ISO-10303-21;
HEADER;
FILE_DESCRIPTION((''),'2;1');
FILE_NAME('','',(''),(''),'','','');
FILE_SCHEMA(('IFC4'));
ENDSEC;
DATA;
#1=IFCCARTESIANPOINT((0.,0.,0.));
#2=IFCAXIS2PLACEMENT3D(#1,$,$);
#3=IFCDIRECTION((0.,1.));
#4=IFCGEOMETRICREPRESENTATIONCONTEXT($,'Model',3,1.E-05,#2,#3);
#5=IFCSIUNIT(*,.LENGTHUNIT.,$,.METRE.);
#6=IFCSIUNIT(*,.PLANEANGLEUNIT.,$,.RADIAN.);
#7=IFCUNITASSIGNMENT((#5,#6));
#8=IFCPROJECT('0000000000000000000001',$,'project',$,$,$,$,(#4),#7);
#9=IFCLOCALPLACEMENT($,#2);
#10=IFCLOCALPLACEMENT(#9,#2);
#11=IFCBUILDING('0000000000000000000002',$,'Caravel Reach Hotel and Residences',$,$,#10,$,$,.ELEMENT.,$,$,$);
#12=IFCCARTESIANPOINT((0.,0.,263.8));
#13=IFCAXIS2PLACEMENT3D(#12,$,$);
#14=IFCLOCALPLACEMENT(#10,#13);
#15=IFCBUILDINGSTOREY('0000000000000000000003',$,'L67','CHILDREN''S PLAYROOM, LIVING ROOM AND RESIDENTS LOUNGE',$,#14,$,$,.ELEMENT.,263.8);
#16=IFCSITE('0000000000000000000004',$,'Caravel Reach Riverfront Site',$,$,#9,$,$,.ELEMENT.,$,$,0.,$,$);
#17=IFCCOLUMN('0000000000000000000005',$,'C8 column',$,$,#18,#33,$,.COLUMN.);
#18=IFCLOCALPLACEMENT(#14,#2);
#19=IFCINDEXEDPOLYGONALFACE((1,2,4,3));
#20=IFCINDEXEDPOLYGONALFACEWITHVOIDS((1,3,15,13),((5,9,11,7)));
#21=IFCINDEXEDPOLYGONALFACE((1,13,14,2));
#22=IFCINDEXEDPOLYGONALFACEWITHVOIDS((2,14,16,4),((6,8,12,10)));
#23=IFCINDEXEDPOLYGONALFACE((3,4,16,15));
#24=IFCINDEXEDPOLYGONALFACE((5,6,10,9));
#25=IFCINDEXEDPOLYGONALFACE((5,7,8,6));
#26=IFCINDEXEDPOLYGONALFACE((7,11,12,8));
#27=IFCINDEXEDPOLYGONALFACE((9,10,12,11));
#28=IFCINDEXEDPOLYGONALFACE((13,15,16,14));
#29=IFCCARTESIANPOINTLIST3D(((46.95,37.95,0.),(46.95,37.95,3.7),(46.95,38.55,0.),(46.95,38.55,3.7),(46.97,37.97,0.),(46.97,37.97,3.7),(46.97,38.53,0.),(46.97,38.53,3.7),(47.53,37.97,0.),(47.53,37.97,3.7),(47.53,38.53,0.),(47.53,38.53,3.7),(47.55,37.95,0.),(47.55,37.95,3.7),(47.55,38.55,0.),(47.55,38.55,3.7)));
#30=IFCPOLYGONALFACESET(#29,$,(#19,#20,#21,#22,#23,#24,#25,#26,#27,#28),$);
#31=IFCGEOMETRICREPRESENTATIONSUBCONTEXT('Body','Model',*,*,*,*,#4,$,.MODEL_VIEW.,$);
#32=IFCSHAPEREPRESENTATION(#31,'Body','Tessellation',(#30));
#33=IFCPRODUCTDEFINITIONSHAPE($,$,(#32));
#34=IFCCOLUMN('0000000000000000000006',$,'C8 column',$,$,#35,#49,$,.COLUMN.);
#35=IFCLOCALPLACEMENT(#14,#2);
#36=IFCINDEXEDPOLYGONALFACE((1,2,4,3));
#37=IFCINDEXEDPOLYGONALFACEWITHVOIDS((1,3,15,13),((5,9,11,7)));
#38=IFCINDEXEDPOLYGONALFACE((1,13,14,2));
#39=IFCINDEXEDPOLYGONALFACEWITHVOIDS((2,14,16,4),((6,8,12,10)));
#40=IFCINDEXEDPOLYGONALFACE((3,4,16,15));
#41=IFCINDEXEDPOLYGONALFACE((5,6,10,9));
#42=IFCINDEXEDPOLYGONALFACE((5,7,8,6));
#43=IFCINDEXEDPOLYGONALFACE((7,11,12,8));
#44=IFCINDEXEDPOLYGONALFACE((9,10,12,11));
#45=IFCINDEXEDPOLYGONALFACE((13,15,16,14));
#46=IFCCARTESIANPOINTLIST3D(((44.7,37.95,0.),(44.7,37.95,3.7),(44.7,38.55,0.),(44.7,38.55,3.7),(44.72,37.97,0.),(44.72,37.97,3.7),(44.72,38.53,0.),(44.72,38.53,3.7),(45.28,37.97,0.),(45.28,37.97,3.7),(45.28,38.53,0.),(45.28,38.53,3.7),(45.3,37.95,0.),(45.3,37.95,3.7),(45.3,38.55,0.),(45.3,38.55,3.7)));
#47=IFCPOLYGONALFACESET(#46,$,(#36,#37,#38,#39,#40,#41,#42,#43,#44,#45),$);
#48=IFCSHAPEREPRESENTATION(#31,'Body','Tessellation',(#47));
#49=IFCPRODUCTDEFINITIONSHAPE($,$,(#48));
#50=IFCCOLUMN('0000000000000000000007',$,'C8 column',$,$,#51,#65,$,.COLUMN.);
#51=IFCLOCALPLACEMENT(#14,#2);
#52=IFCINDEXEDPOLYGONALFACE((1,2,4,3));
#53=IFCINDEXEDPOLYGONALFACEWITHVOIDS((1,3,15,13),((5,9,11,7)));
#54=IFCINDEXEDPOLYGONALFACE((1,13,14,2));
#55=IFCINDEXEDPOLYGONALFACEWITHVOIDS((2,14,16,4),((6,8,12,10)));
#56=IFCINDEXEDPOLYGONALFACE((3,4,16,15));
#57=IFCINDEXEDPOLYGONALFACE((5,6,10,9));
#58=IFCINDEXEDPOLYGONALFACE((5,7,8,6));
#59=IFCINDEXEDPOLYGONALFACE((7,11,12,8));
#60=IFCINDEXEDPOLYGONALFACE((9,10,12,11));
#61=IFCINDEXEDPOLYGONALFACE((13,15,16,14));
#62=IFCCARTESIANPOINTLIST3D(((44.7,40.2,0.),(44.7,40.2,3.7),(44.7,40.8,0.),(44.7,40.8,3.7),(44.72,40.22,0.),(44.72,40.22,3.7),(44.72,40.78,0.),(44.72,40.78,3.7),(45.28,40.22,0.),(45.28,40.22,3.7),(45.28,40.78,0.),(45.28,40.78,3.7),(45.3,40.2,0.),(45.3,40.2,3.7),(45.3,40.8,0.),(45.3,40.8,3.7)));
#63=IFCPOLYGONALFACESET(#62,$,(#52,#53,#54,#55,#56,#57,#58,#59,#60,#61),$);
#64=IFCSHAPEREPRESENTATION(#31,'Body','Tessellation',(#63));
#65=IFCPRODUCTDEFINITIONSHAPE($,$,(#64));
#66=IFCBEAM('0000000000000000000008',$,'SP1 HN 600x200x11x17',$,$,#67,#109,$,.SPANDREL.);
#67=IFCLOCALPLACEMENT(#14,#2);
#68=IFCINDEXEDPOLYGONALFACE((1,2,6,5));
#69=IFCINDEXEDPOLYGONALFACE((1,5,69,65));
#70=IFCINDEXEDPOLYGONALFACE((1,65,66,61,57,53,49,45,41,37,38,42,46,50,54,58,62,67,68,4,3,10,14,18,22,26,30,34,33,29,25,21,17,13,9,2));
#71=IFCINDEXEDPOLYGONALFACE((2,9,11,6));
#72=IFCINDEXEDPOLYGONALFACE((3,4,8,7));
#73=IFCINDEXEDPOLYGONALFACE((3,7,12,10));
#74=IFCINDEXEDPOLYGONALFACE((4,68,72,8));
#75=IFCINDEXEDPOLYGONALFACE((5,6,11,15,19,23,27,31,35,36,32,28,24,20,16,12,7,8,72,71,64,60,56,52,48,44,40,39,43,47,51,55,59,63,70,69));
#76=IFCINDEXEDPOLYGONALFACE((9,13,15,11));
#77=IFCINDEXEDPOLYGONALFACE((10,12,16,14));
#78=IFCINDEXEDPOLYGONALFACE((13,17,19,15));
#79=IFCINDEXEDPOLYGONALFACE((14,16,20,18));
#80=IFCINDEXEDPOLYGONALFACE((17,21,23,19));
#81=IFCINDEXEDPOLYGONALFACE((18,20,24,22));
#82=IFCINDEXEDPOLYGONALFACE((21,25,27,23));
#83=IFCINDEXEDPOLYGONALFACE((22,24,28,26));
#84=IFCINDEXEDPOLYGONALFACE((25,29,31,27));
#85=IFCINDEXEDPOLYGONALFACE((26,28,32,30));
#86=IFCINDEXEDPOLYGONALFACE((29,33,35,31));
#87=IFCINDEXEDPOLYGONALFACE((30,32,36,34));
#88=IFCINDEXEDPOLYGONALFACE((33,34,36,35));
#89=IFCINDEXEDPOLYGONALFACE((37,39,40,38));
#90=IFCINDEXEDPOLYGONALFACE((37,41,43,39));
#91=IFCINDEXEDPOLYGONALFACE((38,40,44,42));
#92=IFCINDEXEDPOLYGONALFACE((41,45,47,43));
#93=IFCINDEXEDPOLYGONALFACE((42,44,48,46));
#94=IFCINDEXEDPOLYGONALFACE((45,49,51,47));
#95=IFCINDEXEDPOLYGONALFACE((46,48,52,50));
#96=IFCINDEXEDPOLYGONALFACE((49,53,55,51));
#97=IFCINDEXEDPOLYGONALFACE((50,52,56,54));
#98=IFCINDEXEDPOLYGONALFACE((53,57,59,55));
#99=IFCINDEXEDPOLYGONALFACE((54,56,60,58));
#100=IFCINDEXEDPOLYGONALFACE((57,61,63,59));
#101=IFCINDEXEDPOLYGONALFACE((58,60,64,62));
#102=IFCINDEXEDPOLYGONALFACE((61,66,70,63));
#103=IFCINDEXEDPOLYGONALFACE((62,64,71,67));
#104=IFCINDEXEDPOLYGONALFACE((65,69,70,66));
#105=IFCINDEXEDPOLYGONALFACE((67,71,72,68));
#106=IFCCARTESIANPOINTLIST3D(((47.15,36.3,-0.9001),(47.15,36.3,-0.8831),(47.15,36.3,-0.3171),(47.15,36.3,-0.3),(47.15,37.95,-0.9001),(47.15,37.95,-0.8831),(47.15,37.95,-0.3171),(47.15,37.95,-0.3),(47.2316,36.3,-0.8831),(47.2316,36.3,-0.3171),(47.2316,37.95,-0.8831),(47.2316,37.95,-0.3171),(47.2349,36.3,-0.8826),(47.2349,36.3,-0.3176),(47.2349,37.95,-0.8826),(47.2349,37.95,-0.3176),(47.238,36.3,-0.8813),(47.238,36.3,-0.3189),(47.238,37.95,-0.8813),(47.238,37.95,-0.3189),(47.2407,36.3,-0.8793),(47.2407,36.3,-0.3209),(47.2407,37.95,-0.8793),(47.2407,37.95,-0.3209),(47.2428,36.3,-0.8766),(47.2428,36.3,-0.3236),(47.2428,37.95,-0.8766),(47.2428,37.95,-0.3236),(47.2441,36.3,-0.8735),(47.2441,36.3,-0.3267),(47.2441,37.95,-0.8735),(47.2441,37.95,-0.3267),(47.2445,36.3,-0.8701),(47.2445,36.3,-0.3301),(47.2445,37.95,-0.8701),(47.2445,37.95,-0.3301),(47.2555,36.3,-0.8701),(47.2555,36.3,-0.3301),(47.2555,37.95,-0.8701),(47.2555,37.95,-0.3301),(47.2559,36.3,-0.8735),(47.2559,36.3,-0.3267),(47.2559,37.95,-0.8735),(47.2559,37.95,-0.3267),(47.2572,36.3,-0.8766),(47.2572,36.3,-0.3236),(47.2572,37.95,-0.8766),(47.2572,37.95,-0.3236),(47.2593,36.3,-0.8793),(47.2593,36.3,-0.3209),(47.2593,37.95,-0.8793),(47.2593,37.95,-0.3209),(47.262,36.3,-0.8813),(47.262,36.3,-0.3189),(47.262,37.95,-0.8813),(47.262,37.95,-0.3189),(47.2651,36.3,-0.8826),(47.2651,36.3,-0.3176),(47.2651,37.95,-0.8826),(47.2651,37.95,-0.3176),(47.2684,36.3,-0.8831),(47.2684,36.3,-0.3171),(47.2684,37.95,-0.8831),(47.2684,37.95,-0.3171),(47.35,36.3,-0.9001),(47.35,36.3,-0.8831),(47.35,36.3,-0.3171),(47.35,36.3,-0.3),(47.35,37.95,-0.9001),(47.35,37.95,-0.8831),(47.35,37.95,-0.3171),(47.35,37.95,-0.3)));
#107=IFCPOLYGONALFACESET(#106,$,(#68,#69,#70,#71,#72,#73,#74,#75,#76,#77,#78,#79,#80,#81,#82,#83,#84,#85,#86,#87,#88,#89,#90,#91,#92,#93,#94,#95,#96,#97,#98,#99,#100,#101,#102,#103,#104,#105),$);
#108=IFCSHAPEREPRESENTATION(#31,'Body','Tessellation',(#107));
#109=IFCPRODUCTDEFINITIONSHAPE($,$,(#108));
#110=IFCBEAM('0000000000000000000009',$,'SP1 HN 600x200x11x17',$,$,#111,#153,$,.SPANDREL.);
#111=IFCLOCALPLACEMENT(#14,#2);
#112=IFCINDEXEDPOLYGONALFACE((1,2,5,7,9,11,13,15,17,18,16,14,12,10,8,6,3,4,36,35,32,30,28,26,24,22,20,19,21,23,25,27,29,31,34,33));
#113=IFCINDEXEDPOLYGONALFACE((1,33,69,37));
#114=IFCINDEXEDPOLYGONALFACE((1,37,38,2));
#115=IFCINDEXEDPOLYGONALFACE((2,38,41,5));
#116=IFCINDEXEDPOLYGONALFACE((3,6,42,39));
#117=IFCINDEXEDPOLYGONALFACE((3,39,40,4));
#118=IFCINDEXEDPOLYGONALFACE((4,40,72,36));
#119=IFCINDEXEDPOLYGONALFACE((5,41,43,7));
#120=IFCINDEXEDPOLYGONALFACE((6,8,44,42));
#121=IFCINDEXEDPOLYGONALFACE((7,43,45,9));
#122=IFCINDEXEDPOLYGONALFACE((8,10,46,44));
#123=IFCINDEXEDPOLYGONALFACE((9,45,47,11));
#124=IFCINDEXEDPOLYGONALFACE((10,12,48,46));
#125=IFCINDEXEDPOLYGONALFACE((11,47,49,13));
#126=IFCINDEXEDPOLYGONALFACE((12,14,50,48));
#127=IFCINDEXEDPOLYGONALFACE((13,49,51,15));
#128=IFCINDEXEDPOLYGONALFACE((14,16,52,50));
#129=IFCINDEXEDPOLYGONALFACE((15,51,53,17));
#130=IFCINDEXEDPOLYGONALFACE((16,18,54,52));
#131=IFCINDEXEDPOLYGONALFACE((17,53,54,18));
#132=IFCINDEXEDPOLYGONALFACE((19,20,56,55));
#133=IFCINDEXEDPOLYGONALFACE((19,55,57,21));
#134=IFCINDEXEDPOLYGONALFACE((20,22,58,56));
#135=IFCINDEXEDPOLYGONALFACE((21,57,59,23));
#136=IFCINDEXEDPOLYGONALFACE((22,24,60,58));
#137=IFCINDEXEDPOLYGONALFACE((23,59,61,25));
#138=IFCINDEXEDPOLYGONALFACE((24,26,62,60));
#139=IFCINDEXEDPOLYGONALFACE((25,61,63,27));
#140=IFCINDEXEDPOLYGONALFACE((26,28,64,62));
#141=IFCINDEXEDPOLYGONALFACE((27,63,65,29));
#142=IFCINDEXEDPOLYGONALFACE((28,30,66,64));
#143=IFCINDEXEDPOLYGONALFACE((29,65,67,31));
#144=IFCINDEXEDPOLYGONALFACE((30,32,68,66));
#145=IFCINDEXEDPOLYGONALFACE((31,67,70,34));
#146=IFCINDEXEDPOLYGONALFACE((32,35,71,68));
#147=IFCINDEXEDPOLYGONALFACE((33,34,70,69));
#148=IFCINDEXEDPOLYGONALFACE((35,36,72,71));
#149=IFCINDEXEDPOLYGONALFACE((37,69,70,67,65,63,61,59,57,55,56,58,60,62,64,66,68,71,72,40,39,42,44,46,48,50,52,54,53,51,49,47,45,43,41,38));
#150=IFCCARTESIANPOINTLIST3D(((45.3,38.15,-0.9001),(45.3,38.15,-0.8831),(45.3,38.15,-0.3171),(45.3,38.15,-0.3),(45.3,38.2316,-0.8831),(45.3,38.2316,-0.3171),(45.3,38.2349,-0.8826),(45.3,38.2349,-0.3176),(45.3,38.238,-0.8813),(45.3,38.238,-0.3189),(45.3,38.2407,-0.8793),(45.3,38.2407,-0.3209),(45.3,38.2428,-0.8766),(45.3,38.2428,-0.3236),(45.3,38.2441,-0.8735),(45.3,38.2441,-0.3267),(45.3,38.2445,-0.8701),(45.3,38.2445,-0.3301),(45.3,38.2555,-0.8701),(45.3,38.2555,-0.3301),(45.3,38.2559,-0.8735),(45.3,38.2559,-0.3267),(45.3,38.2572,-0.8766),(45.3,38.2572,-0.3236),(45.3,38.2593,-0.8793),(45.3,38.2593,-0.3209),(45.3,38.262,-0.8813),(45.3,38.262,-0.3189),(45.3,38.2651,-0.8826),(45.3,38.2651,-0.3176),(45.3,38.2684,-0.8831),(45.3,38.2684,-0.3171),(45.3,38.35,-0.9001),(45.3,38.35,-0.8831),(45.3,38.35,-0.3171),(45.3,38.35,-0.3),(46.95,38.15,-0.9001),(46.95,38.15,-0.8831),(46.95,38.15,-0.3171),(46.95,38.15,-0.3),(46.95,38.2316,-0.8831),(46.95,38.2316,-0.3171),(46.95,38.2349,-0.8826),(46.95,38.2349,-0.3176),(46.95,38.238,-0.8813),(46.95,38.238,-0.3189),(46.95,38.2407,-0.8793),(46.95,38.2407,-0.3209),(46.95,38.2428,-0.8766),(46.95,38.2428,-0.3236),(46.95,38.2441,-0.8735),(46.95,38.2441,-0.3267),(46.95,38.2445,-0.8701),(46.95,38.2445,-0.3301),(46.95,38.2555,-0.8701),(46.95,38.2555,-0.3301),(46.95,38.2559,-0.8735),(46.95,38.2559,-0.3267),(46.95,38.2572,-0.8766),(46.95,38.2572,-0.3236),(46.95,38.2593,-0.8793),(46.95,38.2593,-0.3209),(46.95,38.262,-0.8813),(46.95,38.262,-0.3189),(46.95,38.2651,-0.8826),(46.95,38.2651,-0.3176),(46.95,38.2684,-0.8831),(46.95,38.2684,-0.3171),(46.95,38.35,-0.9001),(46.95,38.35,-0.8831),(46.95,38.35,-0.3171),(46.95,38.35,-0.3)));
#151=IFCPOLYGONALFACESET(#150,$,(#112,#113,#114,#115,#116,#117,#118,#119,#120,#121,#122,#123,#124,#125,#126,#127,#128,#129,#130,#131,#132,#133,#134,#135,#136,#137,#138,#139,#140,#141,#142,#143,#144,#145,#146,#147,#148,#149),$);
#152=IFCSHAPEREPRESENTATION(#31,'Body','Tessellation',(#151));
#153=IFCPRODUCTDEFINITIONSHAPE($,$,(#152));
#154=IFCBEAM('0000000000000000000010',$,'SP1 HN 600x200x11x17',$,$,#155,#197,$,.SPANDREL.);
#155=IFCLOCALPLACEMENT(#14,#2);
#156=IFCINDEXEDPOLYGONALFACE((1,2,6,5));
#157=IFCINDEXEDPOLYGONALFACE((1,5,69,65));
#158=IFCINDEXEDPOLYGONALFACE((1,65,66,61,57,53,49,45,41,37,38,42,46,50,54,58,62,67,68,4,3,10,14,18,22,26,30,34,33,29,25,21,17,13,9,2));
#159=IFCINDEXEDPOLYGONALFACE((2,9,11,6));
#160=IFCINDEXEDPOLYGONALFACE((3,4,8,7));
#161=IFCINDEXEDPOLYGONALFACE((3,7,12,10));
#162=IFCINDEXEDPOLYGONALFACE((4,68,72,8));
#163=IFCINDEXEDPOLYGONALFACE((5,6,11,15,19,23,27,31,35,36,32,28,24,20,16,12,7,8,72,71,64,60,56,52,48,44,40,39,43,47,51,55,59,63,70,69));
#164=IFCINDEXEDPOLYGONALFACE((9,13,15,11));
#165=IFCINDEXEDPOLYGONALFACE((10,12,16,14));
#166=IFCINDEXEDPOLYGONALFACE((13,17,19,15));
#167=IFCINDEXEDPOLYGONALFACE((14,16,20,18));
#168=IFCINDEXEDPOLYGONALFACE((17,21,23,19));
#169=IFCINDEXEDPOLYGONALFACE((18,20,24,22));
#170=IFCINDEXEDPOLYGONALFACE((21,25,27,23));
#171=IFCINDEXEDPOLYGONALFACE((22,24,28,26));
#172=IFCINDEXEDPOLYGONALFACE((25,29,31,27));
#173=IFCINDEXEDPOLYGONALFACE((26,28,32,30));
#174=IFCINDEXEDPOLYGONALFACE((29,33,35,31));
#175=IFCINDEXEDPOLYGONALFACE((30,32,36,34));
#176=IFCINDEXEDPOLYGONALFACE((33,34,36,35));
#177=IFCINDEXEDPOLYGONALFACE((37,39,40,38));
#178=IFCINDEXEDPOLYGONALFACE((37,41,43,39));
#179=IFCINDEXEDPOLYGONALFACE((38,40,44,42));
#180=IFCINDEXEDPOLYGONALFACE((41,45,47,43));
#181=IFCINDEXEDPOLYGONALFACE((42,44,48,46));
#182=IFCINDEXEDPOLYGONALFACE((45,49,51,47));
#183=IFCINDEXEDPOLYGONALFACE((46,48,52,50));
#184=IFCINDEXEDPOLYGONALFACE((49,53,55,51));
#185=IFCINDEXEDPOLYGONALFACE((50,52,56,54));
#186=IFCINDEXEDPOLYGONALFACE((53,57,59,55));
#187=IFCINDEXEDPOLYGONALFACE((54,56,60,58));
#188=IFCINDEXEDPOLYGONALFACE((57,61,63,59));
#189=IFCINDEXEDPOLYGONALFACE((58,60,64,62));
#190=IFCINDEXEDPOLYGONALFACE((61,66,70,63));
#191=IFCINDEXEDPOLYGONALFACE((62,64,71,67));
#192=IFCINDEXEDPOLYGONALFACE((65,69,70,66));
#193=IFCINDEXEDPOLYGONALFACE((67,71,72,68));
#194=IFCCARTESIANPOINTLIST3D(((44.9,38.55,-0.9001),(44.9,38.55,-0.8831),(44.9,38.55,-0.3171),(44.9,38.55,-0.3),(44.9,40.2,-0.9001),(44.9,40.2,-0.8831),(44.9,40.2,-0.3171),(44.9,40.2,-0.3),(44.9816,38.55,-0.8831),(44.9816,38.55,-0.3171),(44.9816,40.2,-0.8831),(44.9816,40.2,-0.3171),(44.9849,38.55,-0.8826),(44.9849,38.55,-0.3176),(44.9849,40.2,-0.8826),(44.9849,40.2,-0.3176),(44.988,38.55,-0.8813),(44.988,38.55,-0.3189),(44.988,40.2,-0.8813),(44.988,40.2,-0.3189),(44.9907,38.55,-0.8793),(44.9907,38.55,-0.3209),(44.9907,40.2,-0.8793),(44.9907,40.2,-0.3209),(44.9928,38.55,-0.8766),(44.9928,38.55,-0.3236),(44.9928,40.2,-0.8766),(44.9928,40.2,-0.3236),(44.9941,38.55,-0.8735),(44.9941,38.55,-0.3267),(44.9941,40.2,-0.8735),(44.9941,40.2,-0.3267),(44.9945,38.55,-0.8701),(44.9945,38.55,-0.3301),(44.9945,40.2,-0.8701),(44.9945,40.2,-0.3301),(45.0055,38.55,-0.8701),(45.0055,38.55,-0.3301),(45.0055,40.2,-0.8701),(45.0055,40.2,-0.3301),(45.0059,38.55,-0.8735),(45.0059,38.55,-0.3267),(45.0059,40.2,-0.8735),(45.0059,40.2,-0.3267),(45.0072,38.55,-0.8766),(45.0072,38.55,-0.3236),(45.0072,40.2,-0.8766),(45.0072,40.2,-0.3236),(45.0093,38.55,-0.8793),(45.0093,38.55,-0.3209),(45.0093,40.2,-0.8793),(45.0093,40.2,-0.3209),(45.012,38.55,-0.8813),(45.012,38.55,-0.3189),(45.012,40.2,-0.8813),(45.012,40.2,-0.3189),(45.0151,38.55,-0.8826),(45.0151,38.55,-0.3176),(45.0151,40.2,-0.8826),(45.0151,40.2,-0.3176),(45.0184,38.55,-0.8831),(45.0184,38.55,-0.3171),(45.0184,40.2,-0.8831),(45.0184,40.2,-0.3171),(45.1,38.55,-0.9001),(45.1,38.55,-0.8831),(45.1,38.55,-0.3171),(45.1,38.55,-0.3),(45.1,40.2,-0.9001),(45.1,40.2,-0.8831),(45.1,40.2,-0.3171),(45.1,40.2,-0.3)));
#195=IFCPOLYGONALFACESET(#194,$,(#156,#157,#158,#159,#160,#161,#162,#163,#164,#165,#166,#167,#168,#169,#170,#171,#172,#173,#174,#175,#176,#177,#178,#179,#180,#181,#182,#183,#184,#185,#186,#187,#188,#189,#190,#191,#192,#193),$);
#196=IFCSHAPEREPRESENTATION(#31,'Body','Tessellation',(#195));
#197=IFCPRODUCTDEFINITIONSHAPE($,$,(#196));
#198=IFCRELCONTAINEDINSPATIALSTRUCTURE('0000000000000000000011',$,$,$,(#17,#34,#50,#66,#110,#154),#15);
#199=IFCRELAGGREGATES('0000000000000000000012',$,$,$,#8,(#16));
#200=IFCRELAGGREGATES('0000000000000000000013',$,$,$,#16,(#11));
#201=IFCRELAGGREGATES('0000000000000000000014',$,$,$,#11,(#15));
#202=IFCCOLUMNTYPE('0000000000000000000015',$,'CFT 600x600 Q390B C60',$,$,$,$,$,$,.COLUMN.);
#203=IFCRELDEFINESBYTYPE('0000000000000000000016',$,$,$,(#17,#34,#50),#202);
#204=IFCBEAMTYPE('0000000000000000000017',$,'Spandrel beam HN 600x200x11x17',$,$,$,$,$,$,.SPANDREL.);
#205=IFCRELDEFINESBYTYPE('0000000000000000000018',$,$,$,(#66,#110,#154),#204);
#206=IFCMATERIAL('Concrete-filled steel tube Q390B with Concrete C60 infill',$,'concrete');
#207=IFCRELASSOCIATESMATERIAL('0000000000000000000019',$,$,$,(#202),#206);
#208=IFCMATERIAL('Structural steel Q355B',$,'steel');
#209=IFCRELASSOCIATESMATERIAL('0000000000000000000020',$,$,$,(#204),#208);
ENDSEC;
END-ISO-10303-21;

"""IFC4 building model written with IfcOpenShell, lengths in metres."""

from ifc_helpers import new_model, si_unit, direction, frame, origin, origin_2d, place, context, subcontext, project, spatial, hollow_rectangle, i_section, extrude, material, material_profile, profile_set, type_object, element, save


model = new_model("IFC4")

# Units and contexts
model_context = context("Model", 3, precision=1e-05, world=origin(), true_north=direction((0.0, 1.0)))
body_context = subcontext(model_context, "Body", "Model", "MODEL_VIEW")
ifc_project = project(units=[si_unit("LENGTHUNIT", "METRE"), si_unit("PLANEANGLEUNIT", "RADIAN")], contexts=[model_context])

# Site, building, storey
site_placement = place(None, origin())
site = spatial("IfcSite", under=ifc_project, at=site_placement, Name="Caravel Reach Riverfront Site", CompositionType="ELEMENT", RefElevation=0.0)
building_placement = place(site_placement, origin())
building = spatial("IfcBuilding", under=site, at=building_placement, Name="Caravel Reach Hotel and Residences", CompositionType="ELEMENT")
storey_placement = place(building_placement, frame((0.0, 0.0, 263.8)))
storey = spatial("IfcBuildingStorey", under=building, at=storey_placement, Name="L67", Description="CHILDREN'S PLAYROOM, LIVING ROOM AND RESIDENTS LOUNGE", CompositionType="ELEMENT", Elevation=263.8)

# Columns
ifc_material_1 = material(Name="Concrete-filled steel tube Q390B with Concrete C60 infill", Category="concrete")
ifc_material_profile_1 = material_profile(ifc_material_1, hollow_rectangle(XDim=0.6001, YDim=0.6001, WallThickness=0.02, at=origin_2d()), Name="RHS 600x600x20")
ifc_profile_set_1 = profile_set([ifc_material_profile_1], Name="Concrete-filled steel tube Q390B with Concrete C60 infill")
column_type = type_object("IfcColumnType", Name="CFT 600x600 Q390B C60", PredefinedType="COLUMN", material=ifc_profile_set_1)
for number, where, z_axis, x_axis, name in (
    (1, (47.25, 38.25, 0.0), (0.0, 0.0, 1.0), (1.0, 0.0, 0.0), "C8 column"),
    (2, (45.0, 38.25, 0.0), (0.0, 0.0, 1.0), (1.0, 0.0, 0.0), "C8 column"),
    (3, (45.0, 40.5, 0.0), (0.0, 0.0, 1.0), (1.0, 0.0, 0.0), "C8 column"),
):
    element("IfcColumn", number, at=place(storey_placement, frame(where, z_axis=z_axis, x_axis=x_axis)), inside=storey, type_object=column_type, Name=name, PredefinedType="COLUMN", context=body_context, shape_type="SweptSolid", body=[
        extrude(hollow_rectangle(XDim=0.6001, YDim=0.6001, WallThickness=0.02, at=origin_2d()), origin(), (0.0, 0.0, 1.0), 3.7),
    ])

# Beams
ifc_material_2 = material(Name="Structural steel Q355B", Category="steel")
ifc_material_profile_2 = material_profile(ifc_material_2, i_section(OverallWidth=0.2, OverallDepth=0.6001, WebThickness=0.011, FlangeThickness=0.0171, FilletRadius=0.0129, at=origin_2d()), Name="HN 600x200x11x17")
ifc_profile_set_2 = profile_set([ifc_material_profile_2], Name="Structural steel Q355B")
beam_type = type_object("IfcBeamType", Name="Spandrel beam HN 600x200x11x17", PredefinedType="SPANDREL", material=ifc_profile_set_2)
for number, where, z_axis, x_axis, name in (
    (4, (47.25, 36.3, -0.6001), (0.0, 1.0, 0.0), (-1.0, 0.0, 0.0), "SP1 HN 600x200x11x17"),
    (5, (46.95, 38.25, -0.6001), (-1.0, 0.0, 0.0), (0.0, -1.0, 0.0), "SP1 HN 600x200x11x17"),
    (6, (45.0, 38.55, -0.6001), (0.0, 1.0, 0.0), (-1.0, 0.0, 0.0), "SP1 HN 600x200x11x17"),
):
    element("IfcBeam", number, at=place(storey_placement, frame(where, z_axis=z_axis, x_axis=x_axis)), inside=storey, type_object=beam_type, Name=name, PredefinedType="SPANDREL", context=body_context, shape_type="SweptSolid", body=[
        extrude(i_section(OverallWidth=0.2, OverallDepth=0.6001, WebThickness=0.011, FlangeThickness=0.0171, FilletRadius=0.0129, at=origin_2d()), origin(), (0.0, 0.0, 1.0), 1.6499),
    ])

save(model, "model.ifc")
